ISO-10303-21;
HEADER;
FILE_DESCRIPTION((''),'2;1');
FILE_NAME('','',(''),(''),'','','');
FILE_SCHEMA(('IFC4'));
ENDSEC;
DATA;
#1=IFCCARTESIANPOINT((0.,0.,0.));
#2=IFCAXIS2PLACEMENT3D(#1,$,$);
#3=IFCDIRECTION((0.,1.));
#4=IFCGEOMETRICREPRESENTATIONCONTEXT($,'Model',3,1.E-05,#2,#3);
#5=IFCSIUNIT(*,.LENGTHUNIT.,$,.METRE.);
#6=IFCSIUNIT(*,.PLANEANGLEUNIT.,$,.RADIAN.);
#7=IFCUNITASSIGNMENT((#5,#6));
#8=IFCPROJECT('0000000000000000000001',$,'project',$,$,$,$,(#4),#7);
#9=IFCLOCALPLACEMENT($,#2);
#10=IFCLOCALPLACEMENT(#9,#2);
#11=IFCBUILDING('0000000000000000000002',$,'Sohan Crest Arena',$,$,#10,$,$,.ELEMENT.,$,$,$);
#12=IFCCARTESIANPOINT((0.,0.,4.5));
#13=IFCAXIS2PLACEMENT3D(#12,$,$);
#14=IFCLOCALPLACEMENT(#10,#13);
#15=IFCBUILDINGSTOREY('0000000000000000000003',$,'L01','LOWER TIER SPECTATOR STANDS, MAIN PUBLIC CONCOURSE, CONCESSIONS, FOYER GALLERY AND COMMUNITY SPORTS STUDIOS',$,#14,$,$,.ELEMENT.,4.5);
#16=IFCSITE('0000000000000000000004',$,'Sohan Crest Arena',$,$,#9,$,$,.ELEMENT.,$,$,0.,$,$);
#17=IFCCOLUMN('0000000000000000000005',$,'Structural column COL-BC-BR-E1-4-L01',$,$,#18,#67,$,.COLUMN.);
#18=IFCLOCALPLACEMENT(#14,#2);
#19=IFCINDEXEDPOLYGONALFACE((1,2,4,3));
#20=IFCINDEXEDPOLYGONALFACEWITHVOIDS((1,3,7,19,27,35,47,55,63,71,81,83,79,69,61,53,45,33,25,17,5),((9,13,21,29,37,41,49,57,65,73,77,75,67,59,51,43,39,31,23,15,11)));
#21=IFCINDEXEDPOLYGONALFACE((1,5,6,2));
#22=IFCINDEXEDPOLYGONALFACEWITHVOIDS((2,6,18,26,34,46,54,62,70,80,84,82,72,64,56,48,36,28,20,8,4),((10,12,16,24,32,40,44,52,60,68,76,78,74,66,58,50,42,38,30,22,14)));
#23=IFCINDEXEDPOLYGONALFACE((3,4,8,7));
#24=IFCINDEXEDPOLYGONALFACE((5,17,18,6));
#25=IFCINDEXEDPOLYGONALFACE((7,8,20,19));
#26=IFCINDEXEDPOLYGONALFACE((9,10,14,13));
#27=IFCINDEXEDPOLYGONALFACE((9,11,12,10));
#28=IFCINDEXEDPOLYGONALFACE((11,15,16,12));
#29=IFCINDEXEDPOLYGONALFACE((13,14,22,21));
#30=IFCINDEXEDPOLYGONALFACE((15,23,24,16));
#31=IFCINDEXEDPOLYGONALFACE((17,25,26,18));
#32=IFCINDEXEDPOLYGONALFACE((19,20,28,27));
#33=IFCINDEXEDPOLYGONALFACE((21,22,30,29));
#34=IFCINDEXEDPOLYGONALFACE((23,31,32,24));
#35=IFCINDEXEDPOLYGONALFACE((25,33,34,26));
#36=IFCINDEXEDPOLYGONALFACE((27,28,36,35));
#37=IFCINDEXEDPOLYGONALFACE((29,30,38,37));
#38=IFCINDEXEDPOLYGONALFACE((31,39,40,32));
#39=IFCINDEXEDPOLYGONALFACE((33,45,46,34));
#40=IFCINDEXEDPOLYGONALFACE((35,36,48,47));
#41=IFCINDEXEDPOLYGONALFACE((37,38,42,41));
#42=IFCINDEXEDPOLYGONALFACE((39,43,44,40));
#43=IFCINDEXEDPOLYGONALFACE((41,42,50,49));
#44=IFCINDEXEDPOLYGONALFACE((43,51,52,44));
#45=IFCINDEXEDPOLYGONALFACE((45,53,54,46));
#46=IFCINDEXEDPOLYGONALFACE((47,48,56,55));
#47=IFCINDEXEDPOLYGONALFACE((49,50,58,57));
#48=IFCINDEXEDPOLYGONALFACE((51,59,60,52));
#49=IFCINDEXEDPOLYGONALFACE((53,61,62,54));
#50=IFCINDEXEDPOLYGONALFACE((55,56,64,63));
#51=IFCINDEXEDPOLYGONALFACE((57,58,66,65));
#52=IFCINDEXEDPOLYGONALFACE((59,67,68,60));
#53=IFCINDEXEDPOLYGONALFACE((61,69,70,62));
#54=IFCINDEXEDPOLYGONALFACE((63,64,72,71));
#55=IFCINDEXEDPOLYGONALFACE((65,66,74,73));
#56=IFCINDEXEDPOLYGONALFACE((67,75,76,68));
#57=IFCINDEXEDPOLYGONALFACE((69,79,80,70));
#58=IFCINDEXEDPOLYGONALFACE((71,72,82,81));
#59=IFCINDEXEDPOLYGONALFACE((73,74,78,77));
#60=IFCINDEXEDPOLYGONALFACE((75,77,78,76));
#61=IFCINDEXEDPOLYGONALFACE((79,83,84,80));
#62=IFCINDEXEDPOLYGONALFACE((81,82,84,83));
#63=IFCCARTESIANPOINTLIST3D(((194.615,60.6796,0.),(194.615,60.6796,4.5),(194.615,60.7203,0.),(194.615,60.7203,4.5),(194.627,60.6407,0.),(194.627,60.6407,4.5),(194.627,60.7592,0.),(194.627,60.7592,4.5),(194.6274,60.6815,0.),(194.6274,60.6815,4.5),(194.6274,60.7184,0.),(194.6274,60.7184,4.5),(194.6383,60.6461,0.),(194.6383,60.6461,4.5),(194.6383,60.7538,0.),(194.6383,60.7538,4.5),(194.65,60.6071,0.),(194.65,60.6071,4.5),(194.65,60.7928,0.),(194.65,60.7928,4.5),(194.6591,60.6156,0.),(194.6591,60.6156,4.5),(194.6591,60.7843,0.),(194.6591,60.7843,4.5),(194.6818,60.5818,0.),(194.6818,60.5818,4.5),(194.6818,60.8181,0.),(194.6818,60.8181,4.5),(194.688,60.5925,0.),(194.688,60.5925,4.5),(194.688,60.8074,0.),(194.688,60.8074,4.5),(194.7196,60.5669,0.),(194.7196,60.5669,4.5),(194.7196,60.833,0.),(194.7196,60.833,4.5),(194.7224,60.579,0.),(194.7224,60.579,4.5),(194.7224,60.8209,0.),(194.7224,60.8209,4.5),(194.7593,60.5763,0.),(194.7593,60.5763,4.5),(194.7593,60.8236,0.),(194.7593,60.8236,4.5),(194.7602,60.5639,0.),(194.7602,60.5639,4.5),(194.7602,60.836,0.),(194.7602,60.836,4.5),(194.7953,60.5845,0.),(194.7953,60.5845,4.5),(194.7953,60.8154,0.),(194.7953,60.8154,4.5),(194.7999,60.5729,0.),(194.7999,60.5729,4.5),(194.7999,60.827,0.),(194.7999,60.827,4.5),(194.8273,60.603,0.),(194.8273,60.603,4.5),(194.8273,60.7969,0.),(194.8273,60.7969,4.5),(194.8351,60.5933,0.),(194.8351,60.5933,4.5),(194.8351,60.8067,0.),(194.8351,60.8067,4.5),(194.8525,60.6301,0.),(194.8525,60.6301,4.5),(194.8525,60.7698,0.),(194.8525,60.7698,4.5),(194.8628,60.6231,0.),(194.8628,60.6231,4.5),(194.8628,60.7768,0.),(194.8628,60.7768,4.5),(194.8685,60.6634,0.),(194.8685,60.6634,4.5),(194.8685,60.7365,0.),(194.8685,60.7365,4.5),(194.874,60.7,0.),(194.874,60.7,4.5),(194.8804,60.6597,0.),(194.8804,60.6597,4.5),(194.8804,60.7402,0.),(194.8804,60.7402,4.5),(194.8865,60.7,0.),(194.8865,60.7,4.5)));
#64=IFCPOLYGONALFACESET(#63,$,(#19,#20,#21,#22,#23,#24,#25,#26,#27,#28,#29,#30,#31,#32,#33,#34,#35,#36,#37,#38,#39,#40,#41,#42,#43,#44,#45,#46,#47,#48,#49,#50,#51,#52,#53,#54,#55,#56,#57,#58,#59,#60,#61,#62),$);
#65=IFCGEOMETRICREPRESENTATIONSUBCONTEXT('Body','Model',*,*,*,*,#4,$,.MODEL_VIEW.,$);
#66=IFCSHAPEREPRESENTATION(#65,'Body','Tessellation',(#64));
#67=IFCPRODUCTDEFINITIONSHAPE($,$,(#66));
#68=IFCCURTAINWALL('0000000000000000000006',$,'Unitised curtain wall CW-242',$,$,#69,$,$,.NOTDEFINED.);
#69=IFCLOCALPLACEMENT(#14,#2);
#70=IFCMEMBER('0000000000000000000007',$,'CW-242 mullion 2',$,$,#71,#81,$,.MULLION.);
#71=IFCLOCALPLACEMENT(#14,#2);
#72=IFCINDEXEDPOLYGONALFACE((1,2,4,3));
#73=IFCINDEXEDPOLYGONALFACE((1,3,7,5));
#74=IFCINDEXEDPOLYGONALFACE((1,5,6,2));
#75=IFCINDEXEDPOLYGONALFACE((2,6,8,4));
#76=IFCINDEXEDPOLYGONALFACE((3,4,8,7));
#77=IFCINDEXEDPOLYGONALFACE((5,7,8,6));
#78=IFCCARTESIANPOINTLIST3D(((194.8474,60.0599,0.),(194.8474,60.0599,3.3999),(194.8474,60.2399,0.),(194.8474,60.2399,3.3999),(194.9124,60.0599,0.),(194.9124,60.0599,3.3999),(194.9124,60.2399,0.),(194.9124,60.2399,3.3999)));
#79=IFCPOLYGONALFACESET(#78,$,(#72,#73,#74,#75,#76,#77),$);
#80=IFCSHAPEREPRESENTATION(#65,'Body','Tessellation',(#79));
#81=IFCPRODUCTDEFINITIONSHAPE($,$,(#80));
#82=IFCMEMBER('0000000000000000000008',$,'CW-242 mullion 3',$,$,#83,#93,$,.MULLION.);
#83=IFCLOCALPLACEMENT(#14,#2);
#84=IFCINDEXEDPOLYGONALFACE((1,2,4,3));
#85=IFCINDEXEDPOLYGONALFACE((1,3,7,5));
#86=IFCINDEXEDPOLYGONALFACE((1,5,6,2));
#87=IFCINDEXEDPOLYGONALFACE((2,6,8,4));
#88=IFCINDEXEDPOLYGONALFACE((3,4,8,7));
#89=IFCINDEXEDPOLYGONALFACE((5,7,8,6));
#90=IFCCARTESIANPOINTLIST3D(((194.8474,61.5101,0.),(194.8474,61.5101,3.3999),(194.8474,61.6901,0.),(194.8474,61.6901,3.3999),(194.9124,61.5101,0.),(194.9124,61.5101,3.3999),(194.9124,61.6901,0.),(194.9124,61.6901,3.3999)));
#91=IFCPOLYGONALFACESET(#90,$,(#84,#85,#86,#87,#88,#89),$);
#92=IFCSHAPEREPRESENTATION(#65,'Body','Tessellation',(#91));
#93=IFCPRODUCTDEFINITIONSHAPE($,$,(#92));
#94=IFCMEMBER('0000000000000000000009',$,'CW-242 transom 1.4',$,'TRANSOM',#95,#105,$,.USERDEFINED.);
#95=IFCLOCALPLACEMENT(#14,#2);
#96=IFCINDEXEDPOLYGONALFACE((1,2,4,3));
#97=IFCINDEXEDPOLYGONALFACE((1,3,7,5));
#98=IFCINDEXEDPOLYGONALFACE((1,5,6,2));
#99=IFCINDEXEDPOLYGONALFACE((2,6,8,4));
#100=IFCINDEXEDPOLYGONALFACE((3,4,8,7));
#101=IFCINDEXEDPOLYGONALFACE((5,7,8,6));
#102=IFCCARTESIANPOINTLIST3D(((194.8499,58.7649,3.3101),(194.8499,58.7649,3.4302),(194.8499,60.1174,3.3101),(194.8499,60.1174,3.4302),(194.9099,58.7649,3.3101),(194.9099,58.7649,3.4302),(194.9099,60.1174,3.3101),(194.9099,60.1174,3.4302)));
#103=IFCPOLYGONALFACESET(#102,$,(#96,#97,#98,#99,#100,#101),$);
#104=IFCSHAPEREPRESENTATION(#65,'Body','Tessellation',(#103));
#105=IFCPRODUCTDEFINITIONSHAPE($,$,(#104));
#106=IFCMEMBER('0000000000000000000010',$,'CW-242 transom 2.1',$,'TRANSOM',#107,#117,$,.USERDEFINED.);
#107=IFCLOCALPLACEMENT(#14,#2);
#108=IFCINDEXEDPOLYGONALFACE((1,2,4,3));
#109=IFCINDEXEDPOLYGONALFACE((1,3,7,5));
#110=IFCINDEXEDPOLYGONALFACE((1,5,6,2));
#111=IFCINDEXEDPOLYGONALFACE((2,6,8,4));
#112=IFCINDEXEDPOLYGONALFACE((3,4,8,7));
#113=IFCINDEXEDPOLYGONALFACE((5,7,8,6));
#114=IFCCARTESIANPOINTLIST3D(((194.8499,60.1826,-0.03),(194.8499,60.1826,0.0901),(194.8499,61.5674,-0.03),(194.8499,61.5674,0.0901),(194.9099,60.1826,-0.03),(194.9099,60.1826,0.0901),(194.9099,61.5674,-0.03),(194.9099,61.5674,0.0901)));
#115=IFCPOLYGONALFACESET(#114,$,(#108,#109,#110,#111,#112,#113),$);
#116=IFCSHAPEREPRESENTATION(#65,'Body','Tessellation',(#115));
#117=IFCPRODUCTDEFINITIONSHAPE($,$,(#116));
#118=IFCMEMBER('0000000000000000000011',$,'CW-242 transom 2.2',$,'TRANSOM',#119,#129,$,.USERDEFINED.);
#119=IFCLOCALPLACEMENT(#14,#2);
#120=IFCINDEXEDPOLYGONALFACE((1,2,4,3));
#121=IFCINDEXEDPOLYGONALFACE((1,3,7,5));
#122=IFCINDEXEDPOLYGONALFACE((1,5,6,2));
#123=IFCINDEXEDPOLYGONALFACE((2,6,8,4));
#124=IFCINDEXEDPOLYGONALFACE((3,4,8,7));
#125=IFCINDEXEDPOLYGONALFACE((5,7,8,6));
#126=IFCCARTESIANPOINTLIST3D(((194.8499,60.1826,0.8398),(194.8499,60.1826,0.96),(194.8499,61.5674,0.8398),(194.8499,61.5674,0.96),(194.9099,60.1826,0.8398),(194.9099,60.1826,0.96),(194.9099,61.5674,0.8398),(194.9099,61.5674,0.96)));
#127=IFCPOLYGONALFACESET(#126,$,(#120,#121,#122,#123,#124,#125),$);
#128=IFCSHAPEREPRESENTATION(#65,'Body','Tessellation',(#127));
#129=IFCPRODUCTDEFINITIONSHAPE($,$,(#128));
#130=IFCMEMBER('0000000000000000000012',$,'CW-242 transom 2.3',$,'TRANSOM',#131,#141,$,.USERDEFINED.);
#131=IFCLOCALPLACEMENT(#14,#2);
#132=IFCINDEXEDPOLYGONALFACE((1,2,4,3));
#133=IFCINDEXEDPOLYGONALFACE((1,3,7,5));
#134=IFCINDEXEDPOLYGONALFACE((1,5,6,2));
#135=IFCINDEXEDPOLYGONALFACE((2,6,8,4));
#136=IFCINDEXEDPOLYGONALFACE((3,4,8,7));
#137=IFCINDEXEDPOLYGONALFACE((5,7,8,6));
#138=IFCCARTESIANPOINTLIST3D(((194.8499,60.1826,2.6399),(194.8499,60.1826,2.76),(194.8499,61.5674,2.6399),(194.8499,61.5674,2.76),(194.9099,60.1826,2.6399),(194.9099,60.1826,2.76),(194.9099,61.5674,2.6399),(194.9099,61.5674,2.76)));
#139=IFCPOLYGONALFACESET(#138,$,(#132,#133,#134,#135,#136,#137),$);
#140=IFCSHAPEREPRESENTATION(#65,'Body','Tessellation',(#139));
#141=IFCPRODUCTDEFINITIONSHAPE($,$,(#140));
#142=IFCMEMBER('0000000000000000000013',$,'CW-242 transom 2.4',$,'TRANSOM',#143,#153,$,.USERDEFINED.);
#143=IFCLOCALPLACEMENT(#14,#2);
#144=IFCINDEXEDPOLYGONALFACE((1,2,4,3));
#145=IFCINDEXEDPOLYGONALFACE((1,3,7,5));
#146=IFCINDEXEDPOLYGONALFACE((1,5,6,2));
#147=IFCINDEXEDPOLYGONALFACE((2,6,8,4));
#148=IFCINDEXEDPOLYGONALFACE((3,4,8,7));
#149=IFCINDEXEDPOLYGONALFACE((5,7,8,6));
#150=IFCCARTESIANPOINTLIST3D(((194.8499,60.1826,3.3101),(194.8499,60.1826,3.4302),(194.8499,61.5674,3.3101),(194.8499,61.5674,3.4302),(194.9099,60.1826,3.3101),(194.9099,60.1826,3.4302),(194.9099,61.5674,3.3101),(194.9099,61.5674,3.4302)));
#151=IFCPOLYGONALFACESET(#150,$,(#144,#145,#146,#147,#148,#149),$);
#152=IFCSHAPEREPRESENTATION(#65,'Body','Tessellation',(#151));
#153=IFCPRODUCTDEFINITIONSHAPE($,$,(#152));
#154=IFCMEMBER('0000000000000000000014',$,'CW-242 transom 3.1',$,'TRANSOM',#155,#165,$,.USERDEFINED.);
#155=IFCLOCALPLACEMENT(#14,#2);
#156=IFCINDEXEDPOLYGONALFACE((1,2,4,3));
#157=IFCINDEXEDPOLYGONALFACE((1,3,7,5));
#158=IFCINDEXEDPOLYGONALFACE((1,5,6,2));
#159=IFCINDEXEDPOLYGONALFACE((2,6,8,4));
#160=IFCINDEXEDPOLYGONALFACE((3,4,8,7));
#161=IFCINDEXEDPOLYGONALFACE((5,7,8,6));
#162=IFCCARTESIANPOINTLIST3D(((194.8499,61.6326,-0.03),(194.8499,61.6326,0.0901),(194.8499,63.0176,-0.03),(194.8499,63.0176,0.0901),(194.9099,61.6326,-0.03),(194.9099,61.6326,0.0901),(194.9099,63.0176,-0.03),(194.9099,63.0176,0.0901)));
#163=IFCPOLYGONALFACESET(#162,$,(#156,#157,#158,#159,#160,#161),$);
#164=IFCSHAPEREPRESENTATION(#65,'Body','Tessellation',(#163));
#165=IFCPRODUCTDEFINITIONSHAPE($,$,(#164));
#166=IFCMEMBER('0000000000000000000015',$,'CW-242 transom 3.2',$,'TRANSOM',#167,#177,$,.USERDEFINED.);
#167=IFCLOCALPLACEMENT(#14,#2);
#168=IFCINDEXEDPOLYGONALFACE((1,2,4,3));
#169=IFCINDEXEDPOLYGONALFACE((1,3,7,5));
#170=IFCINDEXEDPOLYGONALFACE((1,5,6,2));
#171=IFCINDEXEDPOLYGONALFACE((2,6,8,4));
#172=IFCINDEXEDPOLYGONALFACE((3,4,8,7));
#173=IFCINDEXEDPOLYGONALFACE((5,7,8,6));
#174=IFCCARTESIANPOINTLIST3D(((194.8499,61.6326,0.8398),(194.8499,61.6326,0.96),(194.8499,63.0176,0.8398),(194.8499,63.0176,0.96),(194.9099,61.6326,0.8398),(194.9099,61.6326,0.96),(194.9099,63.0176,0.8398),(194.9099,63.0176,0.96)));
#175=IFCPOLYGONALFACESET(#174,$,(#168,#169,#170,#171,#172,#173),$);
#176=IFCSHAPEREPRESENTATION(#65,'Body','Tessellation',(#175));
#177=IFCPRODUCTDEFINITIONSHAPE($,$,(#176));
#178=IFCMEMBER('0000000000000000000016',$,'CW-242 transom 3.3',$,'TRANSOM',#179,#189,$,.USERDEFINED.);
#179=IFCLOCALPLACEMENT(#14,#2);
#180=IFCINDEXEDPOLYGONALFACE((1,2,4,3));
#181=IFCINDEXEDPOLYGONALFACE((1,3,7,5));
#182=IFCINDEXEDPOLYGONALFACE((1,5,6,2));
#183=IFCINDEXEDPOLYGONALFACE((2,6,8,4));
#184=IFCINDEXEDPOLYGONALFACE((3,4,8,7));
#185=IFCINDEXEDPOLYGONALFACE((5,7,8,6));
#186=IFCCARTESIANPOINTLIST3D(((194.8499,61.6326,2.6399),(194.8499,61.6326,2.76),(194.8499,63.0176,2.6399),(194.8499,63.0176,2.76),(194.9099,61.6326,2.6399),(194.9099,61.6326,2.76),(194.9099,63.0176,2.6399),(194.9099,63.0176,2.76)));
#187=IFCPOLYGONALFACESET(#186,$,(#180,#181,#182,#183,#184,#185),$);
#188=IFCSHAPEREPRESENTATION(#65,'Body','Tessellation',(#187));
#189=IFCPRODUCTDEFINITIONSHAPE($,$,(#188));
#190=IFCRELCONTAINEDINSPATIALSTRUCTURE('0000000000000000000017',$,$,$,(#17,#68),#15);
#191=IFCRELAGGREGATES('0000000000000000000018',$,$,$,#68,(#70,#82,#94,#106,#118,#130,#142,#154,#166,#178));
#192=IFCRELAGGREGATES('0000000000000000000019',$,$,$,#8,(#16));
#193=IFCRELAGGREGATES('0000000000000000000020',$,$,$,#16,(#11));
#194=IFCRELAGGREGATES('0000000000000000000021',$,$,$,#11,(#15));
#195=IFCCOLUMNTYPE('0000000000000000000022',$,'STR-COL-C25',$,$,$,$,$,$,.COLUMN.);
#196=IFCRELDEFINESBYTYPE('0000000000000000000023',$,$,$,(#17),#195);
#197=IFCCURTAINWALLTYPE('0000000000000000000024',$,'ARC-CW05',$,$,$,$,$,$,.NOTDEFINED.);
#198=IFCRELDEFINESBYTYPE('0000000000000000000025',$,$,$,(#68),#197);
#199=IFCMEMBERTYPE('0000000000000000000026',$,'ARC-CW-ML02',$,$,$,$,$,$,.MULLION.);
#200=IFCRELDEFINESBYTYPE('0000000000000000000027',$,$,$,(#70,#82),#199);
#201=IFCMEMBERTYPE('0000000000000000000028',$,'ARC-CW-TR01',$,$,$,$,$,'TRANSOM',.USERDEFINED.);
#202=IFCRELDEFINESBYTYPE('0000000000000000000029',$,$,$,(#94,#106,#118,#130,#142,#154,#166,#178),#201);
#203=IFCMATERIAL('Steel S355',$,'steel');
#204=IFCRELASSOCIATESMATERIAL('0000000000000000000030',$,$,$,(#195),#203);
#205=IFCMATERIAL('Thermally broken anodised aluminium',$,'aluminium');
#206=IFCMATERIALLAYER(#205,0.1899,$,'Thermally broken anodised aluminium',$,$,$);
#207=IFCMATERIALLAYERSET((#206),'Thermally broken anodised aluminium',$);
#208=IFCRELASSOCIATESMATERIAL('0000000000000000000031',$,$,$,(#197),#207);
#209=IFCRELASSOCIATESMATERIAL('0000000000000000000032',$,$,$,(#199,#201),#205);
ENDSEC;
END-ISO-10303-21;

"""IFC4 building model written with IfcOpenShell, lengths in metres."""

from ifc_helpers import new_model, si_unit, direction, frame, origin, origin_2d, place, context, subcontext, project, spatial, rectangle, hollow_circle, extrude, material, layer, layer_set, material_profile, profile_set, type_object, element, aggregate, save


model = new_model("IFC4")

# Units and contexts
model_context = context("Model", 3, precision=1e-05, world=origin(), true_north=direction((0.0, 1.0)))
body_context = subcontext(model_context, "Body", "Model", "MODEL_VIEW")
ifc_project = project(units=[si_unit("LENGTHUNIT", "METRE"), si_unit("PLANEANGLEUNIT", "RADIAN")], contexts=[model_context])

# Site, building, storey
site_placement = place(None, origin())
site = spatial("IfcSite", under=ifc_project, at=site_placement, Name="Sohan Crest Arena", CompositionType="ELEMENT", RefElevation=0.0)
building_placement = place(site_placement, origin())
building = spatial("IfcBuilding", under=site, at=building_placement, Name="Sohan Crest Arena", CompositionType="ELEMENT")
storey_placement = place(building_placement, frame((0.0, 0.0, 4.5)))
storey = spatial("IfcBuildingStorey", under=building, at=storey_placement, Name="L01", Description="LOWER TIER SPECTATOR STANDS, MAIN PUBLIC CONCOURSE, CONCESSIONS, FOYER GALLERY AND COMMUNITY SPORTS STUDIOS", CompositionType="ELEMENT", Elevation=4.5)

# Column
ifc_material_1 = material(Name="Steel S355", Category="steel")
ifc_material_profile_1 = material_profile(ifc_material_1, hollow_circle(Radius=0.1365, WallThickness=0.0125, at=origin_2d()), Name="CHS 273x12.5")
ifc_profile_set_1 = profile_set([ifc_material_profile_1], Name="Steel S355")
column_type = type_object("IfcColumnType", Name="STR-COL-C25", PredefinedType="COLUMN", material=ifc_profile_set_1)
column_placement = place(storey_placement, frame((194.75, 60.7, 0.0), z_axis=(0.0, 0.0, 1.0), x_axis=(1.0, 0.0, 0.0)))
element("IfcColumn", 1, at=column_placement, inside=storey, type_object=column_type, Name="Structural column COL-BC-BR-E1-4-L01", PredefinedType="COLUMN", context=body_context, shape_type="SweptSolid", body=[
    extrude(hollow_circle(Radius=0.1365, WallThickness=0.0125, at=origin_2d()), origin(), (0.0, 0.0, 1.0), 4.5),
])

# Curtain wall, members
ifc_material_2 = material(Name="Thermally broken anodised aluminium", Category="aluminium")
ifc_layer_1 = layer(ifc_material_2, 0.1899, Name="Thermally broken anodised aluminium")
ifc_layer_set_1 = layer_set([ifc_layer_1], Name="Thermally broken anodised aluminium")
curtain_wall_type = type_object("IfcCurtainWallType", Name="ARC-CW05", PredefinedType="NOTDEFINED", material=ifc_layer_set_1)
curtain_wall_placement = place(storey_placement, origin())
curtain_wall = element("IfcCurtainWall", 2, at=curtain_wall_placement, inside=storey, type_object=curtain_wall_type, Name="Unitised curtain wall CW-242", PredefinedType="NOTDEFINED")
ifc_material_profile_2 = material_profile(ifc_material_2, rectangle(XDim=0.0649, YDim=0.1799, at=origin_2d()), Name="ALU-MULL 65x180")
ifc_profile_set_2 = profile_set([ifc_material_profile_2], Name="Thermally broken anodised aluminium")
member_type_1 = type_object("IfcMemberType", Name="ARC-CW-ML02", PredefinedType="MULLION", material=ifc_profile_set_2)
member_1_placement = place(storey_placement, frame((194.8799, 60.1499, 0.0), z_axis=(0.0, 0.0, 1.0), x_axis=(-1.0, 0.0, 0.0)))
member_1 = element("IfcMember", 3, at=member_1_placement, type_object=member_type_1, Name="CW-242 mullion 2", PredefinedType="MULLION", context=body_context, shape_type="SweptSolid", body=[
    extrude(rectangle(XDim=0.0649, YDim=0.1799, at=origin_2d()), origin(), (0.0, 0.0, 1.0), 3.3999),
])
member_2_placement = place(storey_placement, frame((194.8799, 61.6001, 0.0), z_axis=(0.0, 0.0, 1.0), x_axis=(-1.0, 0.0, 0.0)))
member_2 = element("IfcMember", 4, at=member_2_placement, type_object=member_type_1, Name="CW-242 mullion 3", PredefinedType="MULLION", context=body_context, shape_type="SweptSolid", body=[
    extrude(rectangle(XDim=0.0649, YDim=0.1799, at=origin_2d()), origin(), (0.0, 0.0, 1.0), 3.3999),
])
ifc_material_profile_3 = material_profile(ifc_material_2, rectangle(XDim=0.0601, YDim=0.1201, at=origin_2d()), Name="ALU-TRAN 60x120")
ifc_profile_set_3 = profile_set([ifc_material_profile_3], Name="Thermally broken anodised aluminium")
member_type_2 = type_object("IfcMemberType", Name="ARC-CW-TR01", ElementType="TRANSOM", PredefinedType="USERDEFINED", material=ifc_profile_set_3)
member_3_placement = place(storey_placement, frame((194.8799, 58.7649, 3.3701), z_axis=(0.0, 1.0, 0.0), x_axis=(-1.0, 0.0, 0.0)))
member_3 = element("IfcMember", 5, at=member_3_placement, type_object=member_type_2, Name="CW-242 transom 1.4", ObjectType="TRANSOM", PredefinedType="USERDEFINED", context=body_context, shape_type="SweptSolid", body=[
    extrude(rectangle(XDim=0.0601, YDim=0.1201, at=origin_2d()), origin(), (0.0, 0.0, 1.0), 1.3525),
])
member_4_placement = place(storey_placement, frame((194.8799, 60.1826, 0.03), z_axis=(0.0, 1.0, 0.0), x_axis=(-1.0, 0.0, 0.0)))
member_4 = element("IfcMember", 6, at=member_4_placement, type_object=member_type_2, Name="CW-242 transom 2.1", ObjectType="TRANSOM", PredefinedType="USERDEFINED", context=body_context, shape_type="SweptSolid", body=[
    extrude(rectangle(XDim=0.0601, YDim=0.1201, at=origin_2d()), origin(), (0.0, 0.0, 1.0), 1.3848),
])
member_5_placement = place(storey_placement, frame((194.8799, 60.1826, 0.8999), z_axis=(0.0, 1.0, 0.0), x_axis=(-1.0, 0.0, 0.0)))
member_5 = element("IfcMember", 7, at=member_5_placement, type_object=member_type_2, Name="CW-242 transom 2.2", ObjectType="TRANSOM", PredefinedType="USERDEFINED", context=body_context, shape_type="SweptSolid", body=[
    extrude(rectangle(XDim=0.0601, YDim=0.1201, at=origin_2d()), origin(), (0.0, 0.0, 1.0), 1.3848),
])
member_6_placement = place(storey_placement, frame((194.8799, 60.1826, 2.7), z_axis=(0.0, 1.0, 0.0), x_axis=(-1.0, 0.0, 0.0)))
member_6 = element("IfcMember", 8, at=member_6_placement, type_object=member_type_2, Name="CW-242 transom 2.3", ObjectType="TRANSOM", PredefinedType="USERDEFINED", context=body_context, shape_type="SweptSolid", body=[
    extrude(rectangle(XDim=0.0601, YDim=0.1201, at=origin_2d()), origin(), (0.0, 0.0, 1.0), 1.3848),
])
member_7_placement = place(storey_placement, frame((194.8799, 60.1826, 3.3701), z_axis=(0.0, 1.0, 0.0), x_axis=(-1.0, 0.0, 0.0)))
member_7 = element("IfcMember", 9, at=member_7_placement, type_object=member_type_2, Name="CW-242 transom 2.4", ObjectType="TRANSOM", PredefinedType="USERDEFINED", context=body_context, shape_type="SweptSolid", body=[
    extrude(rectangle(XDim=0.0601, YDim=0.1201, at=origin_2d()), origin(), (0.0, 0.0, 1.0), 1.3848),
])
member_8_placement = place(storey_placement, frame((194.8799, 61.6326, 0.03), z_axis=(0.0, 1.0, 0.0), x_axis=(-1.0, 0.0, 0.0)))
member_8 = element("IfcMember", 10, at=member_8_placement, type_object=member_type_2, Name="CW-242 transom 3.1", ObjectType="TRANSOM", PredefinedType="USERDEFINED", context=body_context, shape_type="SweptSolid", body=[
    extrude(rectangle(XDim=0.0601, YDim=0.1201, at=origin_2d()), origin(), (0.0, 0.0, 1.0), 1.385),
])
member_9_placement = place(storey_placement, frame((194.8799, 61.6326, 0.8999), z_axis=(0.0, 1.0, 0.0), x_axis=(-1.0, 0.0, 0.0)))
member_9 = element("IfcMember", 11, at=member_9_placement, type_object=member_type_2, Name="CW-242 transom 3.2", ObjectType="TRANSOM", PredefinedType="USERDEFINED", context=body_context, shape_type="SweptSolid", body=[
    extrude(rectangle(XDim=0.0601, YDim=0.1201, at=origin_2d()), origin(), (0.0, 0.0, 1.0), 1.385),
])
member_10_placement = place(storey_placement, frame((194.8799, 61.6326, 2.7), z_axis=(0.0, 1.0, 0.0), x_axis=(-1.0, 0.0, 0.0)))
member_10 = element("IfcMember", 12, at=member_10_placement, type_object=member_type_2, Name="CW-242 transom 3.3", ObjectType="TRANSOM", PredefinedType="USERDEFINED", context=body_context, shape_type="SweptSolid", body=[
    extrude(rectangle(XDim=0.0601, YDim=0.1201, at=origin_2d()), origin(), (0.0, 0.0, 1.0), 1.385),
])
aggregate(curtain_wall, [member_1, member_2, member_3, member_4, member_5, member_6, member_7, member_8, member_9, member_10])

save(model, "model.ifc")
